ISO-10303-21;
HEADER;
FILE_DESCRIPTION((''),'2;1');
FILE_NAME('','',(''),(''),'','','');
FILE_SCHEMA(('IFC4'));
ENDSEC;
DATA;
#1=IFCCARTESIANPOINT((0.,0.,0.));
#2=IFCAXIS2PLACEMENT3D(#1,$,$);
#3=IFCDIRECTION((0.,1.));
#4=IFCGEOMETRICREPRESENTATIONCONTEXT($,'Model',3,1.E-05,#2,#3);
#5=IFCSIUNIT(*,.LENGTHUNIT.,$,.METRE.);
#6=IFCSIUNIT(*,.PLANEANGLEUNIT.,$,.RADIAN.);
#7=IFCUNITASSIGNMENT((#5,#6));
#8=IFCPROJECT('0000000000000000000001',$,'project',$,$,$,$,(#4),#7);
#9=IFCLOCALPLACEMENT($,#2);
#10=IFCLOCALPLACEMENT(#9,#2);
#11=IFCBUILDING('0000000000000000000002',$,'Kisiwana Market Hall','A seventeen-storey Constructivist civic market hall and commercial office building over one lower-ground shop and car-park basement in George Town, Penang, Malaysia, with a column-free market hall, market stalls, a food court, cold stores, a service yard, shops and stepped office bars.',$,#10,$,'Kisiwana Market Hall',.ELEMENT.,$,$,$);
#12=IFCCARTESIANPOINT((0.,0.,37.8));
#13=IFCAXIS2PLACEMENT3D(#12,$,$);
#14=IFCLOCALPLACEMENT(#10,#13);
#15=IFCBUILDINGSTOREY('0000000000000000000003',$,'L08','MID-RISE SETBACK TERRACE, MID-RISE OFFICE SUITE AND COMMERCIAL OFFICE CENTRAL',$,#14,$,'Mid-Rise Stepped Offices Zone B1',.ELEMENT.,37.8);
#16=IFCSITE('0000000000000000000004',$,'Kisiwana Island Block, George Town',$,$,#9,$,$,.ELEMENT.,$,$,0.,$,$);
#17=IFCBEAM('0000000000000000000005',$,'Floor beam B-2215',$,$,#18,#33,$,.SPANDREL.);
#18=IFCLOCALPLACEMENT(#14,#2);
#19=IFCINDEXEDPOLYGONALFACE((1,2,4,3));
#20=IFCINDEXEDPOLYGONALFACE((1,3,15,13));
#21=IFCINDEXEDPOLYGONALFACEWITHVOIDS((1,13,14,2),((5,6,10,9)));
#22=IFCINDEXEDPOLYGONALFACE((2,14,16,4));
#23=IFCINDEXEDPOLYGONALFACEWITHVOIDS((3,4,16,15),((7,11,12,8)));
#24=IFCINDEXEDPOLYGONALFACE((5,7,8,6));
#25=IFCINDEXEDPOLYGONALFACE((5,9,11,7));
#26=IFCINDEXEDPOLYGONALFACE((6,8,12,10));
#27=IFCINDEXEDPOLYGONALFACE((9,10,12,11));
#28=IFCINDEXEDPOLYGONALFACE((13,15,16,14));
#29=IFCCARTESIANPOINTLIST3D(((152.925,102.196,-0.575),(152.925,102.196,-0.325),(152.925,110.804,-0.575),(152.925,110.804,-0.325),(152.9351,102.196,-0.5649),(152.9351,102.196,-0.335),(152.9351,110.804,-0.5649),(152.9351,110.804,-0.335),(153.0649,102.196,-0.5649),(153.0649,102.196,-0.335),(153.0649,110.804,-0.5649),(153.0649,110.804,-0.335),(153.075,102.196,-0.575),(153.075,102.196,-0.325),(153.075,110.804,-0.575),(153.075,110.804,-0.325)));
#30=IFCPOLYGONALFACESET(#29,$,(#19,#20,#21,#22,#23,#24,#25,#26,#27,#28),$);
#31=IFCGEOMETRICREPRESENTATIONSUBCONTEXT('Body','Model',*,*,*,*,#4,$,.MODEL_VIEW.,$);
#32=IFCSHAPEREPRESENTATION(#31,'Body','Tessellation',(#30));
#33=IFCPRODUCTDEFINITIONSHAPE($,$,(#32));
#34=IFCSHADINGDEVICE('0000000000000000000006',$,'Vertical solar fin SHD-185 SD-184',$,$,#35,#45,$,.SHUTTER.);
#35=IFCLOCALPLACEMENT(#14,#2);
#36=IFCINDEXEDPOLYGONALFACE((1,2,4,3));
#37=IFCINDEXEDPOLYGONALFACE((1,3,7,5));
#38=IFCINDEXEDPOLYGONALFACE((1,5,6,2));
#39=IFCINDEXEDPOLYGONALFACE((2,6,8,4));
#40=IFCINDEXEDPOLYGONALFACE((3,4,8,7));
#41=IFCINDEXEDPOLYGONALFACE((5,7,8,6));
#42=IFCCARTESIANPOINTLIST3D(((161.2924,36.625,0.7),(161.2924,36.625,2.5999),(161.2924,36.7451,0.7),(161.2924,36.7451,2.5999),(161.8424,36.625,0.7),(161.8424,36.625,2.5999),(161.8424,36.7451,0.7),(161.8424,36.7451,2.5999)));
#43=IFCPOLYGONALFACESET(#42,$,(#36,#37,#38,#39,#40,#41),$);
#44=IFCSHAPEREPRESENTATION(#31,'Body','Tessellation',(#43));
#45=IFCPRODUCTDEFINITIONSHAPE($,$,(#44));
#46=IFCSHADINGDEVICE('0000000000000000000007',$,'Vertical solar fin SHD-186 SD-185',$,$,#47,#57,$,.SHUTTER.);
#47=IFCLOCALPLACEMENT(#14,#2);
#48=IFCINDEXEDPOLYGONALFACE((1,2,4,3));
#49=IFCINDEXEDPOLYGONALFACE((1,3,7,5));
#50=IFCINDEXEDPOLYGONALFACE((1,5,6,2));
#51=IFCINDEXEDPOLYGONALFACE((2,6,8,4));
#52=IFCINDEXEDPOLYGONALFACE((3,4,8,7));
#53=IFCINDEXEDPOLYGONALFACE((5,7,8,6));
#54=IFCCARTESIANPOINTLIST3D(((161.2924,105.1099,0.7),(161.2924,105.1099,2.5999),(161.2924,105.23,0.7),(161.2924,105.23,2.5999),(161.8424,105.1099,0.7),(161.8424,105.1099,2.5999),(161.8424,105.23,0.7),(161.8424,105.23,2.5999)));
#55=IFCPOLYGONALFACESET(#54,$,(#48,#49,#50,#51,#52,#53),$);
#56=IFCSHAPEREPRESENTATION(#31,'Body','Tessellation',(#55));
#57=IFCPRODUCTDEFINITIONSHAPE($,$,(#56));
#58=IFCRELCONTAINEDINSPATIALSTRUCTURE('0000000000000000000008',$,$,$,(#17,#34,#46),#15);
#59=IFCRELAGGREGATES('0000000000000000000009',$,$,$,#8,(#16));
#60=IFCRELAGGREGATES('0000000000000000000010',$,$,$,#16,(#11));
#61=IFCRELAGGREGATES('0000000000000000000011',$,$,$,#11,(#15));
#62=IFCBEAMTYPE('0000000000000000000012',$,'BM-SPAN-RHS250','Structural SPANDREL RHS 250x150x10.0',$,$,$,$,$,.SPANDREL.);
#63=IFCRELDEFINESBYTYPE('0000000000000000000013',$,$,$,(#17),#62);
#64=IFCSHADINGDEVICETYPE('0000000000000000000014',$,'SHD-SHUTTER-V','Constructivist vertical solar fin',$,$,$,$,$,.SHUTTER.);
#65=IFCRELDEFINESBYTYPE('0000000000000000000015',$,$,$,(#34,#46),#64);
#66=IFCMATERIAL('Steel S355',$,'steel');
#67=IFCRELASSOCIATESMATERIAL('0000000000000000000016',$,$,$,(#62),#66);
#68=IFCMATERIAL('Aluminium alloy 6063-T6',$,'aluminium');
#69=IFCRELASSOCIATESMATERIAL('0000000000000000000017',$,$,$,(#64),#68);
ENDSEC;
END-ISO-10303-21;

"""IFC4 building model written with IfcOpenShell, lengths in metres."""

from ifc_helpers import new_model, si_unit, direction, frame, origin, origin_2d, place, context, subcontext, project, spatial, rectangle, hollow_rectangle, extrude, material, material_profile, profile_set, type_object, element, save


model = new_model("IFC4")

# Units and contexts
model_context = context("Model", 3, precision=1e-05, world=origin(), true_north=direction((0.0, 1.0)))
body_context = subcontext(model_context, "Body", "Model", "MODEL_VIEW")
ifc_project = project(units=[si_unit("LENGTHUNIT", "METRE"), si_unit("PLANEANGLEUNIT", "RADIAN")], contexts=[model_context])

# Site, building, storey
site_placement = place(None, origin())
site = spatial("IfcSite", under=ifc_project, at=site_placement, Name="Kisiwana Island Block, George Town", CompositionType="ELEMENT", RefElevation=0.0)
building_placement = place(site_placement, origin())
building = spatial("IfcBuilding", under=site, at=building_placement, Name="Kisiwana Market Hall", Description="A seventeen-storey Constructivist civic market hall and commercial office building over one lower-ground shop and car-park basement in George Town, Penang, Malaysia, with a column-free market hall, market stalls, a food court, cold stores, a service yard, shops and stepped office bars.", LongName="Kisiwana Market Hall", CompositionType="ELEMENT")
storey_placement = place(building_placement, frame((0.0, 0.0, 37.8)))
storey = spatial("IfcBuildingStorey", under=building, at=storey_placement, Name="L08", Description="MID-RISE SETBACK TERRACE, MID-RISE OFFICE SUITE AND COMMERCIAL OFFICE CENTRAL", LongName="Mid-Rise Stepped Offices Zone B1", CompositionType="ELEMENT", Elevation=37.8)

# Beam
ifc_material_1 = material(Name="Steel S355", Category="steel")
ifc_material_profile_1 = material_profile(ifc_material_1, hollow_rectangle(XDim=0.1499, YDim=0.25, WallThickness=0.01, at=origin_2d()), Name="RHS 250x150x10.0")
ifc_profile_set_1 = profile_set([ifc_material_profile_1], Name="Steel S355")
beam_type_1 = type_object("IfcBeamType", Name="BM-SPAN-RHS250", Description="Structural SPANDREL RHS 250x150x10.0", PredefinedType="SPANDREL", material=ifc_profile_set_1)
for number, where, z_axis, x_axis, name in (
    (1, (153.0, 102.196, -0.45), (0.0, 1.0, 0.0), (-1.0, 0.0, 0.0), "Floor beam B-2215"),
):
    element("IfcBeam", number, at=place(storey_placement, frame(where, z_axis=z_axis, x_axis=x_axis)), inside=storey, type_object=beam_type_1, Name=name, PredefinedType="SPANDREL", context=body_context, shape_type="SweptSolid", body=[
        extrude(hollow_rectangle(XDim=0.1499, YDim=0.25, WallThickness=0.01, at=origin_2d()), origin(), (0.0, 0.0, 1.0), 8.6079),
    ])

# Shading devices
ifc_material_2 = material(Name="Aluminium alloy 6063-T6", Category="aluminium")
shading_device_type = type_object("IfcShadingDeviceType", Name="SHD-SHUTTER-V", Description="Constructivist vertical solar fin", PredefinedType="SHUTTER", material=ifc_material_2)
for number, where, z_axis, x_axis, name in (
    (2, (161.5674, 36.6851, 0.7), (0.0, 0.0, 1.0), (0.0, 1.0, 0.0), "Vertical solar fin SHD-185 SD-184"),
    (3, (161.5674, 105.1699, 0.7), (0.0, 0.0, 1.0), (0.0, 1.0, 0.0), "Vertical solar fin SHD-186 SD-185"),
):
    element("IfcShadingDevice", number, at=place(storey_placement, frame(where, z_axis=z_axis, x_axis=x_axis)), inside=storey, type_object=shading_device_type, Name=name, PredefinedType="SHUTTER", context=body_context, shape_type="SweptSolid", body=[
        extrude(rectangle(XDim=0.1201, YDim=0.55, at=origin_2d()), origin(), (0.0, 0.0, 1.0), 1.8999),
    ])

save(model, "model.ifc")
